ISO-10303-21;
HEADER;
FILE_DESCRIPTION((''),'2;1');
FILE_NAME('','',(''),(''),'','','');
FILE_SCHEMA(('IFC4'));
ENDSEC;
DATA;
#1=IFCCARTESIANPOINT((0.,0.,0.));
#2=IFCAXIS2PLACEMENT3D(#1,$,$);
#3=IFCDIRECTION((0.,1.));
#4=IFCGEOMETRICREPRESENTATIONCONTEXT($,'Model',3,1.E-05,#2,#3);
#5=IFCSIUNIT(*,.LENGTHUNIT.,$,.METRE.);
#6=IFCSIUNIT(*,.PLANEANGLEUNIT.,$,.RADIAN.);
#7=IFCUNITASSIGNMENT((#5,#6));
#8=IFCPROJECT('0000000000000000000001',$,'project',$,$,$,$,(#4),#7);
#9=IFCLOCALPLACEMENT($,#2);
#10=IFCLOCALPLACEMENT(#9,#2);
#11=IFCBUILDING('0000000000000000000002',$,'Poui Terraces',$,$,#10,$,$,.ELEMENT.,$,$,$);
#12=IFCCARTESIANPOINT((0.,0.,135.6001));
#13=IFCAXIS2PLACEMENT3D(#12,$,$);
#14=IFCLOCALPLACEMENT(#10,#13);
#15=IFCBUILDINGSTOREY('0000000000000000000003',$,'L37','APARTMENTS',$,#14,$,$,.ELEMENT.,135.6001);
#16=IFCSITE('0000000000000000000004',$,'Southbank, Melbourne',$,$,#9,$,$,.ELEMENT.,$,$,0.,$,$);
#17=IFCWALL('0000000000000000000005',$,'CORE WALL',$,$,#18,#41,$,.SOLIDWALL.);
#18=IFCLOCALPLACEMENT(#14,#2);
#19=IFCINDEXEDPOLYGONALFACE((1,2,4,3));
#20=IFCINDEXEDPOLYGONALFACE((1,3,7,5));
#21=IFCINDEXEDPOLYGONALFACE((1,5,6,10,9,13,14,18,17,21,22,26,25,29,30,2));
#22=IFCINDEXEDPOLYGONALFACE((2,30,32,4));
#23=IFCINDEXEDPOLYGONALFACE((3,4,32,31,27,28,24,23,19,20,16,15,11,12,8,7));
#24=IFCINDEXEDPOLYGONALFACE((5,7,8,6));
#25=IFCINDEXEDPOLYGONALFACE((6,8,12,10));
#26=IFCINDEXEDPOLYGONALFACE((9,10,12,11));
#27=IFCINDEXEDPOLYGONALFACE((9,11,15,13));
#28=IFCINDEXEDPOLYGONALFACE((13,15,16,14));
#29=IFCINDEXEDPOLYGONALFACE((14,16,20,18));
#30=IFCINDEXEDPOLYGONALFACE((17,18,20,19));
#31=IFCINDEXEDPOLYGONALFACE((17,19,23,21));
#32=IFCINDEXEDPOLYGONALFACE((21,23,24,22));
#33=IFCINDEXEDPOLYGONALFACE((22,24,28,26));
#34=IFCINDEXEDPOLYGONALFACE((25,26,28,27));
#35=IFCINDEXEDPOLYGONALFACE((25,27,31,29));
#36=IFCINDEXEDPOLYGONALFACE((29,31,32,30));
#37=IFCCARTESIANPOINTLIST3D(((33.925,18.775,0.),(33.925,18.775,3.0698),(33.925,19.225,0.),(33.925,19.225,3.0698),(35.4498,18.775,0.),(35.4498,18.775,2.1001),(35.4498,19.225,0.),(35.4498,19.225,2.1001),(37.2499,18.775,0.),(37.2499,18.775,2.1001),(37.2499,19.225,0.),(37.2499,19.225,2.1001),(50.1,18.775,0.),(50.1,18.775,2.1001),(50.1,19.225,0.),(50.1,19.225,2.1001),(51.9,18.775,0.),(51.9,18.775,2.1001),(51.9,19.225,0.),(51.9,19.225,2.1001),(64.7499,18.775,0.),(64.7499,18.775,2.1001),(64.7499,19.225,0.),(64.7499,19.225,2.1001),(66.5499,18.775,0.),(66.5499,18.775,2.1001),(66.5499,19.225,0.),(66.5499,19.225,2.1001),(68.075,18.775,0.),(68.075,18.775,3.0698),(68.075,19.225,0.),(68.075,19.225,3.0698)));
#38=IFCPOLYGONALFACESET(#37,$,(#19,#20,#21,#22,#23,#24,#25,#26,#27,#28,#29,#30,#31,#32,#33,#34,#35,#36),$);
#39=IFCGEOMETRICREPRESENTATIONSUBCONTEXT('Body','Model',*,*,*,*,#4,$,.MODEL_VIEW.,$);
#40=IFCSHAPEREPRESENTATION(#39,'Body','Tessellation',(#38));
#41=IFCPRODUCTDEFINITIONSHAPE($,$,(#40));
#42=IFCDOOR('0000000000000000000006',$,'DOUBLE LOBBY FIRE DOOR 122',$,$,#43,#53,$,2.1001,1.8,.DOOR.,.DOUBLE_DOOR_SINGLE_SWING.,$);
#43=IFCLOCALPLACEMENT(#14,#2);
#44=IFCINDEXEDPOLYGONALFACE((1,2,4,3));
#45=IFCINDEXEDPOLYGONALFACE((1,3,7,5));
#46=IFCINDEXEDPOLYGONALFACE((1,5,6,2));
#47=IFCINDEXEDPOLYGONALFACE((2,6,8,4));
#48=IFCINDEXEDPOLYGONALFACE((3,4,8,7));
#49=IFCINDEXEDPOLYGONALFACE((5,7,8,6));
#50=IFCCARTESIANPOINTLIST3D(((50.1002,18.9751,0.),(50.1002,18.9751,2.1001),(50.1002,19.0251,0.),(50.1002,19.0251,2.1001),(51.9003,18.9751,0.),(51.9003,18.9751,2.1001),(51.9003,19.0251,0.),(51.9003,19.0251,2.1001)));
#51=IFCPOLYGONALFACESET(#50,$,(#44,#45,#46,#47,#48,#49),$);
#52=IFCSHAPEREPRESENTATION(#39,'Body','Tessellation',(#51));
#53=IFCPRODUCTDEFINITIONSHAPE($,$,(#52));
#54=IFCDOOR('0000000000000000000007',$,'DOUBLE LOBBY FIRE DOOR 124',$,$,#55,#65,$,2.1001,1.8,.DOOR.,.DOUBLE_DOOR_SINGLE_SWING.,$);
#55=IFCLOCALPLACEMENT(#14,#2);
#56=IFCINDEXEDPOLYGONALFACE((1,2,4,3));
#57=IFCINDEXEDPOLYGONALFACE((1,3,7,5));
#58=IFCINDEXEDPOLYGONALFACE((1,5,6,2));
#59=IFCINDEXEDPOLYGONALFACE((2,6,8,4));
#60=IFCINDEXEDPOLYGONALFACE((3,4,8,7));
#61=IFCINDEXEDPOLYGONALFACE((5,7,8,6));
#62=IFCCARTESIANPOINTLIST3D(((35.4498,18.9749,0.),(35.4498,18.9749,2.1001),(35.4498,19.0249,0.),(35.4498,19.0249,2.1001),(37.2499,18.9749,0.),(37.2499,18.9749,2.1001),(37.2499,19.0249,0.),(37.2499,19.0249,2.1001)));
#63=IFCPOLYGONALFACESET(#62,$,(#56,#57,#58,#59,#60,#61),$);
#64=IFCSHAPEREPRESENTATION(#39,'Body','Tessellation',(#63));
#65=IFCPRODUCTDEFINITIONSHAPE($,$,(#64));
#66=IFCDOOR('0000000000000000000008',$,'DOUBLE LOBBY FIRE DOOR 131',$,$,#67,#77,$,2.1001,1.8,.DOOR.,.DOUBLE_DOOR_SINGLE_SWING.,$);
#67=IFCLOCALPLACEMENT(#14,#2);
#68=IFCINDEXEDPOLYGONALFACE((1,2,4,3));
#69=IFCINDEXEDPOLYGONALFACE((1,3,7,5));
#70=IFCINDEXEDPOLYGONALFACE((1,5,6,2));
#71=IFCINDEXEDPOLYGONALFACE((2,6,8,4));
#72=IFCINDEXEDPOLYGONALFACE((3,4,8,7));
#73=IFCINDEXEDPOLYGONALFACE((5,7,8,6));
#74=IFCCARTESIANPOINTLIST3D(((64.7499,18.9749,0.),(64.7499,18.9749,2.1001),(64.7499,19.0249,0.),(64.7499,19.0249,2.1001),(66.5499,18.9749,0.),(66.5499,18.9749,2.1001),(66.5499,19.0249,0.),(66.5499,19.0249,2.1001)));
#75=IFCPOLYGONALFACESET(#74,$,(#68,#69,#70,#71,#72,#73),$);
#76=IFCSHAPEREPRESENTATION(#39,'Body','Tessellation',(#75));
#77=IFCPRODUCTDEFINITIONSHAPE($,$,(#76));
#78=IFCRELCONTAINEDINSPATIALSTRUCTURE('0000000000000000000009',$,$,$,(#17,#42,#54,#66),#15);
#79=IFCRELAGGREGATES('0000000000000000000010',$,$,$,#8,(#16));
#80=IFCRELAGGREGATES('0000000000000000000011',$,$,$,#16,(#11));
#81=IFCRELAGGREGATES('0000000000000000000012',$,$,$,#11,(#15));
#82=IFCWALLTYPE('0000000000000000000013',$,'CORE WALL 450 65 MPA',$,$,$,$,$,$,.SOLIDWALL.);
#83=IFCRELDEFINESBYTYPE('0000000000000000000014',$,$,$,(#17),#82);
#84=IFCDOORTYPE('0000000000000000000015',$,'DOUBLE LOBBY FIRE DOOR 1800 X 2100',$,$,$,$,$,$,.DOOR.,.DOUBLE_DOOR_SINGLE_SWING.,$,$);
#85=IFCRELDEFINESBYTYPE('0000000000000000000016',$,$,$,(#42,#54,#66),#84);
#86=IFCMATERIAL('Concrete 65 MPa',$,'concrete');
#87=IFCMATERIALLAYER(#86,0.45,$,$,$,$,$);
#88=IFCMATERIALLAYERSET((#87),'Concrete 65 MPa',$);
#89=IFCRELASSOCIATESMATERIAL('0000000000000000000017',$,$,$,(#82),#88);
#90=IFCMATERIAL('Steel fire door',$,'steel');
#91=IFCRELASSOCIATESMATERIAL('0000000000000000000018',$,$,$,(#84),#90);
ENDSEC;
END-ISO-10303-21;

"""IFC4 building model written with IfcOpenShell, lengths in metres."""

from ifc_helpers import new_model, si_unit, direction, frame, frame_2d, origin, place, context, subcontext, project, spatial, rectangle, extrude, material, layer, layer_set, type_object, element, fill, save


model = new_model("IFC4")

# Units and contexts
model_context = context("Model", 3, precision=1e-05, world=origin(), true_north=direction((0.0, 1.0)))
body_context = subcontext(model_context, "Body", "Model", "MODEL_VIEW")
ifc_project = project(units=[si_unit("LENGTHUNIT", "METRE"), si_unit("PLANEANGLEUNIT", "RADIAN")], contexts=[model_context])

# Site, building, storey
site_placement = place(None, origin())
site = spatial("IfcSite", under=ifc_project, at=site_placement, Name="Southbank, Melbourne", CompositionType="ELEMENT", RefElevation=0.0)
building_placement = place(site_placement, origin())
building = spatial("IfcBuilding", under=site, at=building_placement, Name="Poui Terraces", CompositionType="ELEMENT")
storey_placement = place(building_placement, frame((0.0, 0.0, 135.6001)))
storey = spatial("IfcBuildingStorey", under=building, at=storey_placement, Name="L37", Description="APARTMENTS", CompositionType="ELEMENT", Elevation=135.6001)

# Wall, openings, doors
ifc_material_1 = material(Name="Concrete 65 MPa", Category="concrete")
ifc_layer_1 = layer(ifc_material_1, 0.45)
ifc_layer_set_1 = layer_set([ifc_layer_1], Name="Concrete 65 MPa")
wall_type_1 = type_object("IfcWallType", Name="CORE WALL 450 65 MPA", PredefinedType="SOLIDWALL", material=ifc_layer_set_1)
wall_1_placement = place(storey_placement, frame((33.925, 19.0, 0.0), z_axis=(0.0, 0.0, 1.0), x_axis=(1.0, 0.0, 0.0)))
wall_1 = element("IfcWall", 1, at=wall_1_placement, inside=storey, type_object=wall_type_1, Name="CORE WALL", PredefinedType="SOLIDWALL", context=body_context, shape_type="SweptSolid", body=[
    extrude(rectangle(XDim=34.1499, YDim=0.45, at=frame_2d((17.075, 0.0))), origin(), (0.0, 0.0, 1.0), 3.0698),
])
opening_1_placement = place(wall_1_placement, frame((16.175, 0.0, 0.0)))
opening_1 = element("IfcOpeningElement", 2, at=opening_1_placement, cuts=wall_1, PredefinedType="OPENING", context=body_context, shape_type="SweptSolid", body=[
    extrude(rectangle(XDim=1.8, YDim=2.1001, at=frame_2d((0.8999, 1.05))), frame((0.0, 0.2349, 0.0), z_axis=(0.0, -1.0, 0.0), x_axis=(1.0, 0.0, 0.0)), (0.0, 0.0, 1.0), 0.47),
])
opening_2_placement = place(wall_1_placement, frame((1.5249, 0.0, 0.0)))
opening_2 = element("IfcOpeningElement", 3, at=opening_2_placement, cuts=wall_1, PredefinedType="OPENING", context=body_context, shape_type="SweptSolid", body=[
    extrude(rectangle(XDim=1.8, YDim=2.1001, at=frame_2d((0.8999, 1.05))), frame((0.0, 0.2349, 0.0), z_axis=(0.0, -1.0, 0.0), x_axis=(1.0, 0.0, 0.0)), (0.0, 0.0, 1.0), 0.47),
])
opening_3_placement = place(wall_1_placement, frame((30.825, 0.0, 0.0)))
opening_3 = element("IfcOpeningElement", 4, at=opening_3_placement, cuts=wall_1, PredefinedType="OPENING", context=body_context, shape_type="SweptSolid", body=[
    extrude(rectangle(XDim=1.8, YDim=2.1001, at=frame_2d((0.8999, 1.05))), frame((0.0, 0.2349, 0.0), z_axis=(0.0, -1.0, 0.0), x_axis=(1.0, 0.0, 0.0)), (0.0, 0.0, 1.0), 0.47),
])
ifc_material_2 = material(Name="Steel fire door", Category="steel")
door_type_1 = type_object("IfcDoorType", Name="DOUBLE LOBBY FIRE DOOR 1800 X 2100", OperationType="DOUBLE_DOOR_SINGLE_SWING", PredefinedType="DOOR", material=ifc_material_2)
door_1_placement = place(opening_1_placement, frame((1.8, 0.0, 0.0), z_axis=(0.0, 0.0, 1.0), x_axis=(-1.0, 0.0, 0.0)))
door_1 = element("IfcDoor", 5, at=door_1_placement, inside=storey, type_object=door_type_1, Name="DOUBLE LOBBY FIRE DOOR 122", OperationType="DOUBLE_DOOR_SINGLE_SWING", OverallHeight=2.1001, OverallWidth=1.8, PredefinedType="DOOR", context=body_context, shape_type="SweptSolid", body=[
    extrude(rectangle(XDim=1.8, YDim=2.1001, at=frame_2d((0.8999, 1.05))), frame((0.0, 0.0249, 0.0), z_axis=(0.0, -1.0, 0.0), x_axis=(1.0, 0.0, 0.0)), (0.0, 0.0, 1.0), 0.05),
])
fill(opening_1, door_1)
door_2_placement = place(opening_2_placement, origin())
door_2 = element("IfcDoor", 6, at=door_2_placement, inside=storey, type_object=door_type_1, Name="DOUBLE LOBBY FIRE DOOR 124", OperationType="DOUBLE_DOOR_SINGLE_SWING", OverallHeight=2.1001, OverallWidth=1.8, PredefinedType="DOOR", context=body_context, shape_type="SweptSolid", body=[
    extrude(rectangle(XDim=1.8, YDim=2.1001, at=frame_2d((0.8999, 1.05))), frame((0.0, 0.0249, 0.0), z_axis=(0.0, -1.0, 0.0), x_axis=(1.0, 0.0, 0.0)), (0.0, 0.0, 1.0), 0.05),
])
fill(opening_2, door_2)
door_3_placement = place(opening_3_placement, origin())
door_3 = element("IfcDoor", 7, at=door_3_placement, inside=storey, type_object=door_type_1, Name="DOUBLE LOBBY FIRE DOOR 131", OperationType="DOUBLE_DOOR_SINGLE_SWING", OverallHeight=2.1001, OverallWidth=1.8, PredefinedType="DOOR", context=body_context, shape_type="SweptSolid", body=[
    extrude(rectangle(XDim=1.8, YDim=2.1001, at=frame_2d((0.8999, 1.05))), frame((0.0, 0.0249, 0.0), z_axis=(0.0, -1.0, 0.0), x_axis=(1.0, 0.0, 0.0)), (0.0, 0.0, 1.0), 0.05),
])
fill(opening_3, door_3)

save(model, "model.ifc")
